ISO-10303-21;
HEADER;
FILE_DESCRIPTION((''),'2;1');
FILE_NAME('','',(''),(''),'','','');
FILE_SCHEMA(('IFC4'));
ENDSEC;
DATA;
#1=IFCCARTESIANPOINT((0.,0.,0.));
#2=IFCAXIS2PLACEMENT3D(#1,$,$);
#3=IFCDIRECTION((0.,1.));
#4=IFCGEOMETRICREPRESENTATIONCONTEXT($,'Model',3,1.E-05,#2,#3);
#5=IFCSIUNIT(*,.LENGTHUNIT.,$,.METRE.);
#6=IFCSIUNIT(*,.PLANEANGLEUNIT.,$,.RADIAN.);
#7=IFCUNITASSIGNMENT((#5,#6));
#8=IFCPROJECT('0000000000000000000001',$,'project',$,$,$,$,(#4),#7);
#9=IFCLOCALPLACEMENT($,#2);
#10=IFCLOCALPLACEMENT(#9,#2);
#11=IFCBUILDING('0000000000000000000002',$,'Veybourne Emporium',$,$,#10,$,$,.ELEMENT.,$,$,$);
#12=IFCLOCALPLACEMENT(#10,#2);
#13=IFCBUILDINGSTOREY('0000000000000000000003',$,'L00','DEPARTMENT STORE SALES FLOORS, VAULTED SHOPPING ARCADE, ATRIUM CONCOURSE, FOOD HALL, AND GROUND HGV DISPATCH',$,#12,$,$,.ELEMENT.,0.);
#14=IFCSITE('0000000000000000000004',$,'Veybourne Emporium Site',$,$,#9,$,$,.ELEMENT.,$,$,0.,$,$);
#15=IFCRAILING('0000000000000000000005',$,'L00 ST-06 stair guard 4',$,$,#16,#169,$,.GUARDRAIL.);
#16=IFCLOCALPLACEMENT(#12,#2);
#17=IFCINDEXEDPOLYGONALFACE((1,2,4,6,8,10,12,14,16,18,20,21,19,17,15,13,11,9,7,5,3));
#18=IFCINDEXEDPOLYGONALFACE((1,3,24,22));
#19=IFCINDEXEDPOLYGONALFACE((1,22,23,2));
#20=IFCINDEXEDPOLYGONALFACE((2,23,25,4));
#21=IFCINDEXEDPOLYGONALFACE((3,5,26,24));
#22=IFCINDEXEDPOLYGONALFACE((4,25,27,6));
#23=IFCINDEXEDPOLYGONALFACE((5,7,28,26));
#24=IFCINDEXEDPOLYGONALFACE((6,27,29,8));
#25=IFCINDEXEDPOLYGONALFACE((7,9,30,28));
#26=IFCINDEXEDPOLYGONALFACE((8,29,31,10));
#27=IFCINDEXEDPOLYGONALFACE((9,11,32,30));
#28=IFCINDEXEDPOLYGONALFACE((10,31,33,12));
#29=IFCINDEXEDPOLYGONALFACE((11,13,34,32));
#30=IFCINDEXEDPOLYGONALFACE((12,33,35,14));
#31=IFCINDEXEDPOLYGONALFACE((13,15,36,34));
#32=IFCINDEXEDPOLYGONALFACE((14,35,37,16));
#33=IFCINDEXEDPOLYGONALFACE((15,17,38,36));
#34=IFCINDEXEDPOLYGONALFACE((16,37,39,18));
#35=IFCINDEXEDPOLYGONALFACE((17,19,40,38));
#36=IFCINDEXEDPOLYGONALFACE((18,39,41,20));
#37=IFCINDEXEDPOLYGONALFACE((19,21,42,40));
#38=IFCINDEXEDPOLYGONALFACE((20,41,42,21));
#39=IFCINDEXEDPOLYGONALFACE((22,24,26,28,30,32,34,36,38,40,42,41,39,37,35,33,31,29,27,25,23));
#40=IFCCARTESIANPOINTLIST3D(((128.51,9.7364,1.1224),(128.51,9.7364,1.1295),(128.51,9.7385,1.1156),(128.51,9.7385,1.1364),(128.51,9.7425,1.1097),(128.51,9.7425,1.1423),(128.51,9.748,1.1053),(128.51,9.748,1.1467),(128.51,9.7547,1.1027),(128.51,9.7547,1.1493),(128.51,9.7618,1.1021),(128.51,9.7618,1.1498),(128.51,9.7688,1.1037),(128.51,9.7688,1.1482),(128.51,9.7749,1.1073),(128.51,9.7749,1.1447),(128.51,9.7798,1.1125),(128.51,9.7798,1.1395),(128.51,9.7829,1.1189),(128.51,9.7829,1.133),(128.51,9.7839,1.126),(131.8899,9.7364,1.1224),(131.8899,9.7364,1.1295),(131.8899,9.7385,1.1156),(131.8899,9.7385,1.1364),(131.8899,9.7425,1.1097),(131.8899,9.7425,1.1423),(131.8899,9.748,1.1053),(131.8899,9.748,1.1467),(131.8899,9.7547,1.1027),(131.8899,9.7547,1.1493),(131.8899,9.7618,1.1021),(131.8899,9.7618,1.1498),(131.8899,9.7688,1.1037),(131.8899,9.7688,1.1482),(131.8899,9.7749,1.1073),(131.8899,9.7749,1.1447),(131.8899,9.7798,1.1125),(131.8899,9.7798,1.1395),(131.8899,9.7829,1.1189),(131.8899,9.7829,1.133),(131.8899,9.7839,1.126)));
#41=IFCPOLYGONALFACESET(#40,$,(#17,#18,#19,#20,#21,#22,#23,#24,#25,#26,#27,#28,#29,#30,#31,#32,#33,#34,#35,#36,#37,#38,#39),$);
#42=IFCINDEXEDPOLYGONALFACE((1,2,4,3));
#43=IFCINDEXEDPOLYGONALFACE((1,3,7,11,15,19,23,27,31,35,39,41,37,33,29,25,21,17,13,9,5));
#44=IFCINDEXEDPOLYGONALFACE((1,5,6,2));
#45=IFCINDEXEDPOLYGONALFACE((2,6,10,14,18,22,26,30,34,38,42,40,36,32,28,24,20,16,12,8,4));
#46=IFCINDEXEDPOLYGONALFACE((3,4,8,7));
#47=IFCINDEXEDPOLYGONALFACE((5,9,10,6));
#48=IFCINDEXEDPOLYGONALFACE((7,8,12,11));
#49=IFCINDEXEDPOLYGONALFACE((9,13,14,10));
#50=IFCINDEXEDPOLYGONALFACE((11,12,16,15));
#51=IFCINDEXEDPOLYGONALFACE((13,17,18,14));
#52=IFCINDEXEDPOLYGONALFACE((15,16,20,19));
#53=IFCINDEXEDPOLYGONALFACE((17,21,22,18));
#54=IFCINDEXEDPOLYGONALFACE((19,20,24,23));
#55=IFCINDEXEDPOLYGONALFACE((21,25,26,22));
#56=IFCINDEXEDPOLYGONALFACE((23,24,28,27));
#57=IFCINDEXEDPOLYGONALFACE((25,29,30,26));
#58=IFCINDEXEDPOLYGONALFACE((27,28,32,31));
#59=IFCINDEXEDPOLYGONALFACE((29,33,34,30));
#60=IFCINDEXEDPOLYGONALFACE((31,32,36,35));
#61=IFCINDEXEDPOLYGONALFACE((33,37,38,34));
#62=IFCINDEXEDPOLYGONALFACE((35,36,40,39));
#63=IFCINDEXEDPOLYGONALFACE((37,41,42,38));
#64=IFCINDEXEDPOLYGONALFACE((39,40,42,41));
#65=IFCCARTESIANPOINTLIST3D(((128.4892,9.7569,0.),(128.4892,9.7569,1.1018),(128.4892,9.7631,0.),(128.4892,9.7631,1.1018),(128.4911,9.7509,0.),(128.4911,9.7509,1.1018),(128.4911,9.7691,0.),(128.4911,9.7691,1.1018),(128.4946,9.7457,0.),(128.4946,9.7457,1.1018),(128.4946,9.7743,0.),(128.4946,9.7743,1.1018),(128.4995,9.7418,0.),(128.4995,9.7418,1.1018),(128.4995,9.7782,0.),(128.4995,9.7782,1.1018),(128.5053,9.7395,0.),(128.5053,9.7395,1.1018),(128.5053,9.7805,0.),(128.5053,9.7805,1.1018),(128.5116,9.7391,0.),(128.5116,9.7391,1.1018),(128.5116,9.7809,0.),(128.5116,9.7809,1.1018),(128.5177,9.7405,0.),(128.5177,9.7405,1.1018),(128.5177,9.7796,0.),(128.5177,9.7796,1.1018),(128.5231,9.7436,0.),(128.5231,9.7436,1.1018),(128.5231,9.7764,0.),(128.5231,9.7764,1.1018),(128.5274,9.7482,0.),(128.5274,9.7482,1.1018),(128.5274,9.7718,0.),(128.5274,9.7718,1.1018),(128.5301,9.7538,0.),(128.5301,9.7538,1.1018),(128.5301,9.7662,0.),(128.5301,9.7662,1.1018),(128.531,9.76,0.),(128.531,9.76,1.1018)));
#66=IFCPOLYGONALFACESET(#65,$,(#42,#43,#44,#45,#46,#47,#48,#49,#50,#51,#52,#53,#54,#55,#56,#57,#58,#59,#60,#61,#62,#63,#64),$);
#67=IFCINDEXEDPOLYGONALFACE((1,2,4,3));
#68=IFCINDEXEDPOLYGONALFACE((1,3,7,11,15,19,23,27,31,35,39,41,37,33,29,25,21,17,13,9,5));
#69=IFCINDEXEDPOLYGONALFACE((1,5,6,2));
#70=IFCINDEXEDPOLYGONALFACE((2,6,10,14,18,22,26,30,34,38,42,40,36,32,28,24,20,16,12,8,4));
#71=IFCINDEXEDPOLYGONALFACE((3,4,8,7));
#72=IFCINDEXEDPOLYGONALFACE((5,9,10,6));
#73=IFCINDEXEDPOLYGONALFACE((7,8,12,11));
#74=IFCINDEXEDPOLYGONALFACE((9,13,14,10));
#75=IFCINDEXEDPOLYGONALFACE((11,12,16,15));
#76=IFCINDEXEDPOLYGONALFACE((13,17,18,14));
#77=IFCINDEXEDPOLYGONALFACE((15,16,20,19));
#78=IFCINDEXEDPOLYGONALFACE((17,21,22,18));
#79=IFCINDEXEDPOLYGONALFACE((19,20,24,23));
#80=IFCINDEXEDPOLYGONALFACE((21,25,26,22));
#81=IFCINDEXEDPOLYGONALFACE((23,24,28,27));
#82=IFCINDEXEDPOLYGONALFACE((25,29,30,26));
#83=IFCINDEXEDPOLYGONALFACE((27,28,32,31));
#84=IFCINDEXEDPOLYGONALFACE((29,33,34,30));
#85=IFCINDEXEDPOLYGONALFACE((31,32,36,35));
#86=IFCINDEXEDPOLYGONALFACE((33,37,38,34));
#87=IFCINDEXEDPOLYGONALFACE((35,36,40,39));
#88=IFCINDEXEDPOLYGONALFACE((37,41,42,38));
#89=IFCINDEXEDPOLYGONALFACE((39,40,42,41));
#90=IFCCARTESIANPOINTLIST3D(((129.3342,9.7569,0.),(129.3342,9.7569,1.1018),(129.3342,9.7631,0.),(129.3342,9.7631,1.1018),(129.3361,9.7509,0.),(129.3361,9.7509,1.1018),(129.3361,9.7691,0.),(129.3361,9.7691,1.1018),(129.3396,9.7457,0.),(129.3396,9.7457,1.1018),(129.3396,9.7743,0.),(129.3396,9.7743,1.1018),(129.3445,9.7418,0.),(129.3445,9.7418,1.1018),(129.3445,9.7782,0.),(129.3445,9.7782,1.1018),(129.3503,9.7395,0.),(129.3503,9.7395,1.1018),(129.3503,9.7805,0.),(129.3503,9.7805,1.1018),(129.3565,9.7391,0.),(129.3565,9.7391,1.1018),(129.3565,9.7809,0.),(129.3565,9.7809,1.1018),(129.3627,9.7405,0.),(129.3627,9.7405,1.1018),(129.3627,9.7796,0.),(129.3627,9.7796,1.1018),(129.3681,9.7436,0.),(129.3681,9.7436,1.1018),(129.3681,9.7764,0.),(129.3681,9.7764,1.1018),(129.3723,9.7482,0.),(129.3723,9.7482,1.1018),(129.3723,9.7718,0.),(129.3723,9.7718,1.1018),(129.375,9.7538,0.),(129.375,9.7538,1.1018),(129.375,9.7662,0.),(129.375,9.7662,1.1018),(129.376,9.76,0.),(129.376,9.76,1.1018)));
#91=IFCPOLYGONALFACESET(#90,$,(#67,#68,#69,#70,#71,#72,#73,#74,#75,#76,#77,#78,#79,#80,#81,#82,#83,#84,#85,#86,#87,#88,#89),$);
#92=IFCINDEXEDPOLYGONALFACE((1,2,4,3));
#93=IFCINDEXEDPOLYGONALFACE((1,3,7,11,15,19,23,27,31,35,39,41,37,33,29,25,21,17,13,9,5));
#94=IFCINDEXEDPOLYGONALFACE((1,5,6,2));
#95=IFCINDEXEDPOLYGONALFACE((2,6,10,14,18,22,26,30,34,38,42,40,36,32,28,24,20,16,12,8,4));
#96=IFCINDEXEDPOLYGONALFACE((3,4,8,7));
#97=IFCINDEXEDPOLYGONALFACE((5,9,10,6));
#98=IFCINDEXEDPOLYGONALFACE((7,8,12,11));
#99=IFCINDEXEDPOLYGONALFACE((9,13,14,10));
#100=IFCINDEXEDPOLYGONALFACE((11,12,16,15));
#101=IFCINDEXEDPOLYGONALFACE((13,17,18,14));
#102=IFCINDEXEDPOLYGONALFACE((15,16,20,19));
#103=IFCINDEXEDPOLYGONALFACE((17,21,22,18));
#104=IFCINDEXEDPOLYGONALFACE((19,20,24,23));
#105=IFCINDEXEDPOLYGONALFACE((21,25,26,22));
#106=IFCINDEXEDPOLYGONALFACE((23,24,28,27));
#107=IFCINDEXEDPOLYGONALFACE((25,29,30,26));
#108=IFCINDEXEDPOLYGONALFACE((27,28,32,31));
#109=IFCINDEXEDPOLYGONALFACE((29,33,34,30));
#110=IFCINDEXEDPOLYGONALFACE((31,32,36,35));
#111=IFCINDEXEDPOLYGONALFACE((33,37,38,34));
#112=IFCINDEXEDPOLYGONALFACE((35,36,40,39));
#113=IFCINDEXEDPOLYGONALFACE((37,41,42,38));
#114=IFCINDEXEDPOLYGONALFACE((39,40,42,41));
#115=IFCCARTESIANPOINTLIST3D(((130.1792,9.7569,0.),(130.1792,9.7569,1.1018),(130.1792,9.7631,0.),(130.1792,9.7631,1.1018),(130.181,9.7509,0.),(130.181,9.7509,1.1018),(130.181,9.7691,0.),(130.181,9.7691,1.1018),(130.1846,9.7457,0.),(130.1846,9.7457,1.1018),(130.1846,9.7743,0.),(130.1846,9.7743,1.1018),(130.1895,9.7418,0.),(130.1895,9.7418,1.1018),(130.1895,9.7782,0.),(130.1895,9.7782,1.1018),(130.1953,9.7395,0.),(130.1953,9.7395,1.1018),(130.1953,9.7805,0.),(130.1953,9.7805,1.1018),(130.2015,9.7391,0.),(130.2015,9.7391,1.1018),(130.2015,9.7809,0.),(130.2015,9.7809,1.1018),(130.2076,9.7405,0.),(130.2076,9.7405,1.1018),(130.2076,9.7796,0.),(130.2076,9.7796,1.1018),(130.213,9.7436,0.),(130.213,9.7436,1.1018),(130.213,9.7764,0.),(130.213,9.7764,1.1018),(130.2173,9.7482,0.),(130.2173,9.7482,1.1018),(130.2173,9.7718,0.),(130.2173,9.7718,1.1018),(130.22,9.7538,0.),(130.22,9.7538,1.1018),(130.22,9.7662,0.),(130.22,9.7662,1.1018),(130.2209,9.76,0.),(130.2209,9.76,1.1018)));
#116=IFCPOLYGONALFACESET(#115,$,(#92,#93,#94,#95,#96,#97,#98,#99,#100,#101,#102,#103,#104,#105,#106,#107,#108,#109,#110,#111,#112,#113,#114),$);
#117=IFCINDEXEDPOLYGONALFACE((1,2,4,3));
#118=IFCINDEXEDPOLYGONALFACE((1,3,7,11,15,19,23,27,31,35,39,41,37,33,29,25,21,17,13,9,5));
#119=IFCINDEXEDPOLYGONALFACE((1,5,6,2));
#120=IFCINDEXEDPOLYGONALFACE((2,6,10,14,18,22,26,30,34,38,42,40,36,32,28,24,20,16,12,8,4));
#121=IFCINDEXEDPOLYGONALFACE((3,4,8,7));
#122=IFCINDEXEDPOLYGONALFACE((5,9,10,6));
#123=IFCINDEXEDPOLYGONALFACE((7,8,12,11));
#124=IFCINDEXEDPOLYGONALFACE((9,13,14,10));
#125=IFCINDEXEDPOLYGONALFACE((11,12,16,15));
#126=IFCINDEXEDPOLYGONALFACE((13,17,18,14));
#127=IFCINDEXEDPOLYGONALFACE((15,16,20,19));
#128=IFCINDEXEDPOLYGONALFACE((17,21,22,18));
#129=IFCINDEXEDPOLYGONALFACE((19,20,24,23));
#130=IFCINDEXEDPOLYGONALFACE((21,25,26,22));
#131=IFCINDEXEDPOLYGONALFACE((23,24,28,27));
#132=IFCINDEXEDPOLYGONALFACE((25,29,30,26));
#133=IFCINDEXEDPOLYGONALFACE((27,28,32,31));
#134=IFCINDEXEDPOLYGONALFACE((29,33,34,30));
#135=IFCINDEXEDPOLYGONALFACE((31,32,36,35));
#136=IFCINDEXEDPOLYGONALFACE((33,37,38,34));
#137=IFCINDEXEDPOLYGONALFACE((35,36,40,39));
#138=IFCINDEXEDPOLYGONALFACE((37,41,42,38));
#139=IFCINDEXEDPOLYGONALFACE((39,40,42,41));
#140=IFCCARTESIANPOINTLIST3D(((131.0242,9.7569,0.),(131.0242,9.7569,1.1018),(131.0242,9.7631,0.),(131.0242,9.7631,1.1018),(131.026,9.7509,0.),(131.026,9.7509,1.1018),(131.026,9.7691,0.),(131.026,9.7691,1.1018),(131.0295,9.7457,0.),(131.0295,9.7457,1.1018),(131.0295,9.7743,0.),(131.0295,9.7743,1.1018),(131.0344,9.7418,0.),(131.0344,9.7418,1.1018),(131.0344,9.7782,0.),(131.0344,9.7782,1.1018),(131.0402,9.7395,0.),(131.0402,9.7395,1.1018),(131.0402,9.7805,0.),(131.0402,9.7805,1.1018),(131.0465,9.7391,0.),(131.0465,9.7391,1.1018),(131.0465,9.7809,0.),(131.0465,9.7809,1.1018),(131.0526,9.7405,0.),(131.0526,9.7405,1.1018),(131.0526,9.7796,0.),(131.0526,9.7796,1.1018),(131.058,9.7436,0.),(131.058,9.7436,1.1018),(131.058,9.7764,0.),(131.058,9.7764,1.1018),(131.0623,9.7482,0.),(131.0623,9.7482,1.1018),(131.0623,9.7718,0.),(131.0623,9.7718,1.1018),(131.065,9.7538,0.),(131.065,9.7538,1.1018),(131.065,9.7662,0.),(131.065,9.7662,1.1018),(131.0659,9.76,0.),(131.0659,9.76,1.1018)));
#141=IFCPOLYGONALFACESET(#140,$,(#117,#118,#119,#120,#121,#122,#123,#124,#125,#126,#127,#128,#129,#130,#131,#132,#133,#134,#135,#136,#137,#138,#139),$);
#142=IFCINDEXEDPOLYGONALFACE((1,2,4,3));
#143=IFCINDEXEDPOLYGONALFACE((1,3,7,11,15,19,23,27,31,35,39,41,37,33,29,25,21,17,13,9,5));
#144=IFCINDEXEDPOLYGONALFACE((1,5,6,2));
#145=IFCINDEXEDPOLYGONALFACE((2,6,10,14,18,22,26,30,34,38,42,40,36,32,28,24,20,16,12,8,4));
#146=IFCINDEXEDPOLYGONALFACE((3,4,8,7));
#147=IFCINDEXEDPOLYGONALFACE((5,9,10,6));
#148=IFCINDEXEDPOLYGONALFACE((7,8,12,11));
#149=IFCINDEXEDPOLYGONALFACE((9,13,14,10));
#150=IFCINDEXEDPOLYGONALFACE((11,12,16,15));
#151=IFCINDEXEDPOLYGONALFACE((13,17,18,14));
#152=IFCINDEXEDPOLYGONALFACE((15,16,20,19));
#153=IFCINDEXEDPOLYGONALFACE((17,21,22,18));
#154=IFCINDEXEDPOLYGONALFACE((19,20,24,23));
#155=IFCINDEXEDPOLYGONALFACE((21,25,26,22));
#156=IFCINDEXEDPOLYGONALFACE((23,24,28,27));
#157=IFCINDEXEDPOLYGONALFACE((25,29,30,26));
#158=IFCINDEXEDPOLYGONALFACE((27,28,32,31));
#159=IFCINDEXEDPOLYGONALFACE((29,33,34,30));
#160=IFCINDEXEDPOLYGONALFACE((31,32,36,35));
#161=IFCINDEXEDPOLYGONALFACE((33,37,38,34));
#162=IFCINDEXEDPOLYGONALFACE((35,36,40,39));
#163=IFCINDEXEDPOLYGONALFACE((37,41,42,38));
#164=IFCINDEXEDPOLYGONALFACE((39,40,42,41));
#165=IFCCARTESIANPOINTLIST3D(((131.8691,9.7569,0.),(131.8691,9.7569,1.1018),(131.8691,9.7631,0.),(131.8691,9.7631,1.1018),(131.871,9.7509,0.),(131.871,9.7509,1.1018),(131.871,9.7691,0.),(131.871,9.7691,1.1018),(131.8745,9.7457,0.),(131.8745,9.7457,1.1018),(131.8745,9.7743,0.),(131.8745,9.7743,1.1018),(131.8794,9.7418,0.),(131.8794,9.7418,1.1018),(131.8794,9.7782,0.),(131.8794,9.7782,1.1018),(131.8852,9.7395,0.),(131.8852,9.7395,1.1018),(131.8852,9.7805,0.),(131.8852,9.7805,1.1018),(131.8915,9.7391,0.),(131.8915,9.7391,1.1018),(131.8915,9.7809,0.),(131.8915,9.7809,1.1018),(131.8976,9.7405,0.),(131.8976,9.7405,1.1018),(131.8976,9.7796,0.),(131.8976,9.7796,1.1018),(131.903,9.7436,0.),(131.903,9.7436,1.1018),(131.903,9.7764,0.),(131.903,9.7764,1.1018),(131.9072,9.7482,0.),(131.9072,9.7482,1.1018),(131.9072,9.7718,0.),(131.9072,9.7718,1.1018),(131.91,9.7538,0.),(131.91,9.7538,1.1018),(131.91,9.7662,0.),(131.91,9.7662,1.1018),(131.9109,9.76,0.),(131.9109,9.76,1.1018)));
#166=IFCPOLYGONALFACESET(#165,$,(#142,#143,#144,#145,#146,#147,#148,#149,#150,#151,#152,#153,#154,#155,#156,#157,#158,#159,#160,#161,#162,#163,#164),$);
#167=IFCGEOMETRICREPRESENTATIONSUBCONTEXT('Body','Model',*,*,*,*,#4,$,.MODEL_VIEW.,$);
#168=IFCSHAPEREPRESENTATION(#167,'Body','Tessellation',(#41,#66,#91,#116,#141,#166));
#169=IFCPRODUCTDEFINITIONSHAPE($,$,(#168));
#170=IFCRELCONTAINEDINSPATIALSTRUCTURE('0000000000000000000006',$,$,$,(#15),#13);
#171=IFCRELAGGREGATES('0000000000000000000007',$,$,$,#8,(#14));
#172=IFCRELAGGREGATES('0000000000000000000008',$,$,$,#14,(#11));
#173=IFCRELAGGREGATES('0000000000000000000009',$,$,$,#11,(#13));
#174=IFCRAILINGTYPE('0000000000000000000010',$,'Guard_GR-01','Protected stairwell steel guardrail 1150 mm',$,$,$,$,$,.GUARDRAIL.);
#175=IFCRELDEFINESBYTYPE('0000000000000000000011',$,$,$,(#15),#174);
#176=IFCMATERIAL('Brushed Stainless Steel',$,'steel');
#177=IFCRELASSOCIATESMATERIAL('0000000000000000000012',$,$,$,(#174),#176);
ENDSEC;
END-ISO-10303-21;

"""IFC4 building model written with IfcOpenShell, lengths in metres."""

from ifc_helpers import new_model, si_unit, direction, frame, origin, origin_2d, place, context, subcontext, project, spatial, circle, extrude, material, type_object, element, save


model = new_model("IFC4")

# Units and contexts
model_context = context("Model", 3, precision=1e-05, world=origin(), true_north=direction((0.0, 1.0)))
body_context = subcontext(model_context, "Body", "Model", "MODEL_VIEW")
ifc_project = project(units=[si_unit("LENGTHUNIT", "METRE"), si_unit("PLANEANGLEUNIT", "RADIAN")], contexts=[model_context])

# Site, building, storey
site_placement = place(None, origin())
site = spatial("IfcSite", under=ifc_project, at=site_placement, Name="Veybourne Emporium Site", CompositionType="ELEMENT", RefElevation=0.0)
building_placement = place(site_placement, origin())
building = spatial("IfcBuilding", under=site, at=building_placement, Name="Veybourne Emporium", CompositionType="ELEMENT")
storey_placement = place(building_placement, origin())
storey = spatial("IfcBuildingStorey", under=building, at=storey_placement, Name="L00", Description="DEPARTMENT STORE SALES FLOORS, VAULTED SHOPPING ARCADE, ATRIUM CONCOURSE, FOOD HALL, AND GROUND HGV DISPATCH", CompositionType="ELEMENT", Elevation=0.0)

# Railing
ifc_material_1 = material(Name="Brushed Stainless Steel", Category="steel")
railing_type_1 = type_object("IfcRailingType", Name="Guard_GR-01", Description="Protected stairwell steel guardrail 1150 mm", PredefinedType="GUARDRAIL", material=ifc_material_1)
railing_1_placement = place(storey_placement, frame((128.51, 9.76, 0.0)))
element("IfcRailing", 1, at=railing_1_placement, inside=storey, type_object=railing_type_1, Name="L00 ST-06 stair guard 4", PredefinedType="GUARDRAIL", context=body_context, shape_type="SweptSolid", body=[
    extrude(circle(Radius=0.0239, at=origin_2d()), frame((0.0, 0.0, 1.126), z_axis=(1.0, 0.0, 0.0), x_axis=(0.0, 1.0, 0.0)), (0.0, 0.0, 1.0), 3.3799),
    extrude(circle(Radius=0.021, at=origin_2d()), origin(), (0.0, 0.0, 1.0), 1.1018),
    extrude(circle(Radius=0.021, at=origin_2d()), frame((0.845, 0.0, 0.0)), (0.0, 0.0, 1.0), 1.1018),
    extrude(circle(Radius=0.021, at=origin_2d()), frame((1.6899, 0.0, 0.0)), (0.0, 0.0, 1.0), 1.1018),
    extrude(circle(Radius=0.021, at=origin_2d()), frame((2.5349, 0.0, 0.0)), (0.0, 0.0, 1.0), 1.1018),
    extrude(circle(Radius=0.021, at=origin_2d()), frame((3.3799, 0.0, 0.0)), (0.0, 0.0, 1.0), 1.1018),
])

save(model, "model.ifc")
